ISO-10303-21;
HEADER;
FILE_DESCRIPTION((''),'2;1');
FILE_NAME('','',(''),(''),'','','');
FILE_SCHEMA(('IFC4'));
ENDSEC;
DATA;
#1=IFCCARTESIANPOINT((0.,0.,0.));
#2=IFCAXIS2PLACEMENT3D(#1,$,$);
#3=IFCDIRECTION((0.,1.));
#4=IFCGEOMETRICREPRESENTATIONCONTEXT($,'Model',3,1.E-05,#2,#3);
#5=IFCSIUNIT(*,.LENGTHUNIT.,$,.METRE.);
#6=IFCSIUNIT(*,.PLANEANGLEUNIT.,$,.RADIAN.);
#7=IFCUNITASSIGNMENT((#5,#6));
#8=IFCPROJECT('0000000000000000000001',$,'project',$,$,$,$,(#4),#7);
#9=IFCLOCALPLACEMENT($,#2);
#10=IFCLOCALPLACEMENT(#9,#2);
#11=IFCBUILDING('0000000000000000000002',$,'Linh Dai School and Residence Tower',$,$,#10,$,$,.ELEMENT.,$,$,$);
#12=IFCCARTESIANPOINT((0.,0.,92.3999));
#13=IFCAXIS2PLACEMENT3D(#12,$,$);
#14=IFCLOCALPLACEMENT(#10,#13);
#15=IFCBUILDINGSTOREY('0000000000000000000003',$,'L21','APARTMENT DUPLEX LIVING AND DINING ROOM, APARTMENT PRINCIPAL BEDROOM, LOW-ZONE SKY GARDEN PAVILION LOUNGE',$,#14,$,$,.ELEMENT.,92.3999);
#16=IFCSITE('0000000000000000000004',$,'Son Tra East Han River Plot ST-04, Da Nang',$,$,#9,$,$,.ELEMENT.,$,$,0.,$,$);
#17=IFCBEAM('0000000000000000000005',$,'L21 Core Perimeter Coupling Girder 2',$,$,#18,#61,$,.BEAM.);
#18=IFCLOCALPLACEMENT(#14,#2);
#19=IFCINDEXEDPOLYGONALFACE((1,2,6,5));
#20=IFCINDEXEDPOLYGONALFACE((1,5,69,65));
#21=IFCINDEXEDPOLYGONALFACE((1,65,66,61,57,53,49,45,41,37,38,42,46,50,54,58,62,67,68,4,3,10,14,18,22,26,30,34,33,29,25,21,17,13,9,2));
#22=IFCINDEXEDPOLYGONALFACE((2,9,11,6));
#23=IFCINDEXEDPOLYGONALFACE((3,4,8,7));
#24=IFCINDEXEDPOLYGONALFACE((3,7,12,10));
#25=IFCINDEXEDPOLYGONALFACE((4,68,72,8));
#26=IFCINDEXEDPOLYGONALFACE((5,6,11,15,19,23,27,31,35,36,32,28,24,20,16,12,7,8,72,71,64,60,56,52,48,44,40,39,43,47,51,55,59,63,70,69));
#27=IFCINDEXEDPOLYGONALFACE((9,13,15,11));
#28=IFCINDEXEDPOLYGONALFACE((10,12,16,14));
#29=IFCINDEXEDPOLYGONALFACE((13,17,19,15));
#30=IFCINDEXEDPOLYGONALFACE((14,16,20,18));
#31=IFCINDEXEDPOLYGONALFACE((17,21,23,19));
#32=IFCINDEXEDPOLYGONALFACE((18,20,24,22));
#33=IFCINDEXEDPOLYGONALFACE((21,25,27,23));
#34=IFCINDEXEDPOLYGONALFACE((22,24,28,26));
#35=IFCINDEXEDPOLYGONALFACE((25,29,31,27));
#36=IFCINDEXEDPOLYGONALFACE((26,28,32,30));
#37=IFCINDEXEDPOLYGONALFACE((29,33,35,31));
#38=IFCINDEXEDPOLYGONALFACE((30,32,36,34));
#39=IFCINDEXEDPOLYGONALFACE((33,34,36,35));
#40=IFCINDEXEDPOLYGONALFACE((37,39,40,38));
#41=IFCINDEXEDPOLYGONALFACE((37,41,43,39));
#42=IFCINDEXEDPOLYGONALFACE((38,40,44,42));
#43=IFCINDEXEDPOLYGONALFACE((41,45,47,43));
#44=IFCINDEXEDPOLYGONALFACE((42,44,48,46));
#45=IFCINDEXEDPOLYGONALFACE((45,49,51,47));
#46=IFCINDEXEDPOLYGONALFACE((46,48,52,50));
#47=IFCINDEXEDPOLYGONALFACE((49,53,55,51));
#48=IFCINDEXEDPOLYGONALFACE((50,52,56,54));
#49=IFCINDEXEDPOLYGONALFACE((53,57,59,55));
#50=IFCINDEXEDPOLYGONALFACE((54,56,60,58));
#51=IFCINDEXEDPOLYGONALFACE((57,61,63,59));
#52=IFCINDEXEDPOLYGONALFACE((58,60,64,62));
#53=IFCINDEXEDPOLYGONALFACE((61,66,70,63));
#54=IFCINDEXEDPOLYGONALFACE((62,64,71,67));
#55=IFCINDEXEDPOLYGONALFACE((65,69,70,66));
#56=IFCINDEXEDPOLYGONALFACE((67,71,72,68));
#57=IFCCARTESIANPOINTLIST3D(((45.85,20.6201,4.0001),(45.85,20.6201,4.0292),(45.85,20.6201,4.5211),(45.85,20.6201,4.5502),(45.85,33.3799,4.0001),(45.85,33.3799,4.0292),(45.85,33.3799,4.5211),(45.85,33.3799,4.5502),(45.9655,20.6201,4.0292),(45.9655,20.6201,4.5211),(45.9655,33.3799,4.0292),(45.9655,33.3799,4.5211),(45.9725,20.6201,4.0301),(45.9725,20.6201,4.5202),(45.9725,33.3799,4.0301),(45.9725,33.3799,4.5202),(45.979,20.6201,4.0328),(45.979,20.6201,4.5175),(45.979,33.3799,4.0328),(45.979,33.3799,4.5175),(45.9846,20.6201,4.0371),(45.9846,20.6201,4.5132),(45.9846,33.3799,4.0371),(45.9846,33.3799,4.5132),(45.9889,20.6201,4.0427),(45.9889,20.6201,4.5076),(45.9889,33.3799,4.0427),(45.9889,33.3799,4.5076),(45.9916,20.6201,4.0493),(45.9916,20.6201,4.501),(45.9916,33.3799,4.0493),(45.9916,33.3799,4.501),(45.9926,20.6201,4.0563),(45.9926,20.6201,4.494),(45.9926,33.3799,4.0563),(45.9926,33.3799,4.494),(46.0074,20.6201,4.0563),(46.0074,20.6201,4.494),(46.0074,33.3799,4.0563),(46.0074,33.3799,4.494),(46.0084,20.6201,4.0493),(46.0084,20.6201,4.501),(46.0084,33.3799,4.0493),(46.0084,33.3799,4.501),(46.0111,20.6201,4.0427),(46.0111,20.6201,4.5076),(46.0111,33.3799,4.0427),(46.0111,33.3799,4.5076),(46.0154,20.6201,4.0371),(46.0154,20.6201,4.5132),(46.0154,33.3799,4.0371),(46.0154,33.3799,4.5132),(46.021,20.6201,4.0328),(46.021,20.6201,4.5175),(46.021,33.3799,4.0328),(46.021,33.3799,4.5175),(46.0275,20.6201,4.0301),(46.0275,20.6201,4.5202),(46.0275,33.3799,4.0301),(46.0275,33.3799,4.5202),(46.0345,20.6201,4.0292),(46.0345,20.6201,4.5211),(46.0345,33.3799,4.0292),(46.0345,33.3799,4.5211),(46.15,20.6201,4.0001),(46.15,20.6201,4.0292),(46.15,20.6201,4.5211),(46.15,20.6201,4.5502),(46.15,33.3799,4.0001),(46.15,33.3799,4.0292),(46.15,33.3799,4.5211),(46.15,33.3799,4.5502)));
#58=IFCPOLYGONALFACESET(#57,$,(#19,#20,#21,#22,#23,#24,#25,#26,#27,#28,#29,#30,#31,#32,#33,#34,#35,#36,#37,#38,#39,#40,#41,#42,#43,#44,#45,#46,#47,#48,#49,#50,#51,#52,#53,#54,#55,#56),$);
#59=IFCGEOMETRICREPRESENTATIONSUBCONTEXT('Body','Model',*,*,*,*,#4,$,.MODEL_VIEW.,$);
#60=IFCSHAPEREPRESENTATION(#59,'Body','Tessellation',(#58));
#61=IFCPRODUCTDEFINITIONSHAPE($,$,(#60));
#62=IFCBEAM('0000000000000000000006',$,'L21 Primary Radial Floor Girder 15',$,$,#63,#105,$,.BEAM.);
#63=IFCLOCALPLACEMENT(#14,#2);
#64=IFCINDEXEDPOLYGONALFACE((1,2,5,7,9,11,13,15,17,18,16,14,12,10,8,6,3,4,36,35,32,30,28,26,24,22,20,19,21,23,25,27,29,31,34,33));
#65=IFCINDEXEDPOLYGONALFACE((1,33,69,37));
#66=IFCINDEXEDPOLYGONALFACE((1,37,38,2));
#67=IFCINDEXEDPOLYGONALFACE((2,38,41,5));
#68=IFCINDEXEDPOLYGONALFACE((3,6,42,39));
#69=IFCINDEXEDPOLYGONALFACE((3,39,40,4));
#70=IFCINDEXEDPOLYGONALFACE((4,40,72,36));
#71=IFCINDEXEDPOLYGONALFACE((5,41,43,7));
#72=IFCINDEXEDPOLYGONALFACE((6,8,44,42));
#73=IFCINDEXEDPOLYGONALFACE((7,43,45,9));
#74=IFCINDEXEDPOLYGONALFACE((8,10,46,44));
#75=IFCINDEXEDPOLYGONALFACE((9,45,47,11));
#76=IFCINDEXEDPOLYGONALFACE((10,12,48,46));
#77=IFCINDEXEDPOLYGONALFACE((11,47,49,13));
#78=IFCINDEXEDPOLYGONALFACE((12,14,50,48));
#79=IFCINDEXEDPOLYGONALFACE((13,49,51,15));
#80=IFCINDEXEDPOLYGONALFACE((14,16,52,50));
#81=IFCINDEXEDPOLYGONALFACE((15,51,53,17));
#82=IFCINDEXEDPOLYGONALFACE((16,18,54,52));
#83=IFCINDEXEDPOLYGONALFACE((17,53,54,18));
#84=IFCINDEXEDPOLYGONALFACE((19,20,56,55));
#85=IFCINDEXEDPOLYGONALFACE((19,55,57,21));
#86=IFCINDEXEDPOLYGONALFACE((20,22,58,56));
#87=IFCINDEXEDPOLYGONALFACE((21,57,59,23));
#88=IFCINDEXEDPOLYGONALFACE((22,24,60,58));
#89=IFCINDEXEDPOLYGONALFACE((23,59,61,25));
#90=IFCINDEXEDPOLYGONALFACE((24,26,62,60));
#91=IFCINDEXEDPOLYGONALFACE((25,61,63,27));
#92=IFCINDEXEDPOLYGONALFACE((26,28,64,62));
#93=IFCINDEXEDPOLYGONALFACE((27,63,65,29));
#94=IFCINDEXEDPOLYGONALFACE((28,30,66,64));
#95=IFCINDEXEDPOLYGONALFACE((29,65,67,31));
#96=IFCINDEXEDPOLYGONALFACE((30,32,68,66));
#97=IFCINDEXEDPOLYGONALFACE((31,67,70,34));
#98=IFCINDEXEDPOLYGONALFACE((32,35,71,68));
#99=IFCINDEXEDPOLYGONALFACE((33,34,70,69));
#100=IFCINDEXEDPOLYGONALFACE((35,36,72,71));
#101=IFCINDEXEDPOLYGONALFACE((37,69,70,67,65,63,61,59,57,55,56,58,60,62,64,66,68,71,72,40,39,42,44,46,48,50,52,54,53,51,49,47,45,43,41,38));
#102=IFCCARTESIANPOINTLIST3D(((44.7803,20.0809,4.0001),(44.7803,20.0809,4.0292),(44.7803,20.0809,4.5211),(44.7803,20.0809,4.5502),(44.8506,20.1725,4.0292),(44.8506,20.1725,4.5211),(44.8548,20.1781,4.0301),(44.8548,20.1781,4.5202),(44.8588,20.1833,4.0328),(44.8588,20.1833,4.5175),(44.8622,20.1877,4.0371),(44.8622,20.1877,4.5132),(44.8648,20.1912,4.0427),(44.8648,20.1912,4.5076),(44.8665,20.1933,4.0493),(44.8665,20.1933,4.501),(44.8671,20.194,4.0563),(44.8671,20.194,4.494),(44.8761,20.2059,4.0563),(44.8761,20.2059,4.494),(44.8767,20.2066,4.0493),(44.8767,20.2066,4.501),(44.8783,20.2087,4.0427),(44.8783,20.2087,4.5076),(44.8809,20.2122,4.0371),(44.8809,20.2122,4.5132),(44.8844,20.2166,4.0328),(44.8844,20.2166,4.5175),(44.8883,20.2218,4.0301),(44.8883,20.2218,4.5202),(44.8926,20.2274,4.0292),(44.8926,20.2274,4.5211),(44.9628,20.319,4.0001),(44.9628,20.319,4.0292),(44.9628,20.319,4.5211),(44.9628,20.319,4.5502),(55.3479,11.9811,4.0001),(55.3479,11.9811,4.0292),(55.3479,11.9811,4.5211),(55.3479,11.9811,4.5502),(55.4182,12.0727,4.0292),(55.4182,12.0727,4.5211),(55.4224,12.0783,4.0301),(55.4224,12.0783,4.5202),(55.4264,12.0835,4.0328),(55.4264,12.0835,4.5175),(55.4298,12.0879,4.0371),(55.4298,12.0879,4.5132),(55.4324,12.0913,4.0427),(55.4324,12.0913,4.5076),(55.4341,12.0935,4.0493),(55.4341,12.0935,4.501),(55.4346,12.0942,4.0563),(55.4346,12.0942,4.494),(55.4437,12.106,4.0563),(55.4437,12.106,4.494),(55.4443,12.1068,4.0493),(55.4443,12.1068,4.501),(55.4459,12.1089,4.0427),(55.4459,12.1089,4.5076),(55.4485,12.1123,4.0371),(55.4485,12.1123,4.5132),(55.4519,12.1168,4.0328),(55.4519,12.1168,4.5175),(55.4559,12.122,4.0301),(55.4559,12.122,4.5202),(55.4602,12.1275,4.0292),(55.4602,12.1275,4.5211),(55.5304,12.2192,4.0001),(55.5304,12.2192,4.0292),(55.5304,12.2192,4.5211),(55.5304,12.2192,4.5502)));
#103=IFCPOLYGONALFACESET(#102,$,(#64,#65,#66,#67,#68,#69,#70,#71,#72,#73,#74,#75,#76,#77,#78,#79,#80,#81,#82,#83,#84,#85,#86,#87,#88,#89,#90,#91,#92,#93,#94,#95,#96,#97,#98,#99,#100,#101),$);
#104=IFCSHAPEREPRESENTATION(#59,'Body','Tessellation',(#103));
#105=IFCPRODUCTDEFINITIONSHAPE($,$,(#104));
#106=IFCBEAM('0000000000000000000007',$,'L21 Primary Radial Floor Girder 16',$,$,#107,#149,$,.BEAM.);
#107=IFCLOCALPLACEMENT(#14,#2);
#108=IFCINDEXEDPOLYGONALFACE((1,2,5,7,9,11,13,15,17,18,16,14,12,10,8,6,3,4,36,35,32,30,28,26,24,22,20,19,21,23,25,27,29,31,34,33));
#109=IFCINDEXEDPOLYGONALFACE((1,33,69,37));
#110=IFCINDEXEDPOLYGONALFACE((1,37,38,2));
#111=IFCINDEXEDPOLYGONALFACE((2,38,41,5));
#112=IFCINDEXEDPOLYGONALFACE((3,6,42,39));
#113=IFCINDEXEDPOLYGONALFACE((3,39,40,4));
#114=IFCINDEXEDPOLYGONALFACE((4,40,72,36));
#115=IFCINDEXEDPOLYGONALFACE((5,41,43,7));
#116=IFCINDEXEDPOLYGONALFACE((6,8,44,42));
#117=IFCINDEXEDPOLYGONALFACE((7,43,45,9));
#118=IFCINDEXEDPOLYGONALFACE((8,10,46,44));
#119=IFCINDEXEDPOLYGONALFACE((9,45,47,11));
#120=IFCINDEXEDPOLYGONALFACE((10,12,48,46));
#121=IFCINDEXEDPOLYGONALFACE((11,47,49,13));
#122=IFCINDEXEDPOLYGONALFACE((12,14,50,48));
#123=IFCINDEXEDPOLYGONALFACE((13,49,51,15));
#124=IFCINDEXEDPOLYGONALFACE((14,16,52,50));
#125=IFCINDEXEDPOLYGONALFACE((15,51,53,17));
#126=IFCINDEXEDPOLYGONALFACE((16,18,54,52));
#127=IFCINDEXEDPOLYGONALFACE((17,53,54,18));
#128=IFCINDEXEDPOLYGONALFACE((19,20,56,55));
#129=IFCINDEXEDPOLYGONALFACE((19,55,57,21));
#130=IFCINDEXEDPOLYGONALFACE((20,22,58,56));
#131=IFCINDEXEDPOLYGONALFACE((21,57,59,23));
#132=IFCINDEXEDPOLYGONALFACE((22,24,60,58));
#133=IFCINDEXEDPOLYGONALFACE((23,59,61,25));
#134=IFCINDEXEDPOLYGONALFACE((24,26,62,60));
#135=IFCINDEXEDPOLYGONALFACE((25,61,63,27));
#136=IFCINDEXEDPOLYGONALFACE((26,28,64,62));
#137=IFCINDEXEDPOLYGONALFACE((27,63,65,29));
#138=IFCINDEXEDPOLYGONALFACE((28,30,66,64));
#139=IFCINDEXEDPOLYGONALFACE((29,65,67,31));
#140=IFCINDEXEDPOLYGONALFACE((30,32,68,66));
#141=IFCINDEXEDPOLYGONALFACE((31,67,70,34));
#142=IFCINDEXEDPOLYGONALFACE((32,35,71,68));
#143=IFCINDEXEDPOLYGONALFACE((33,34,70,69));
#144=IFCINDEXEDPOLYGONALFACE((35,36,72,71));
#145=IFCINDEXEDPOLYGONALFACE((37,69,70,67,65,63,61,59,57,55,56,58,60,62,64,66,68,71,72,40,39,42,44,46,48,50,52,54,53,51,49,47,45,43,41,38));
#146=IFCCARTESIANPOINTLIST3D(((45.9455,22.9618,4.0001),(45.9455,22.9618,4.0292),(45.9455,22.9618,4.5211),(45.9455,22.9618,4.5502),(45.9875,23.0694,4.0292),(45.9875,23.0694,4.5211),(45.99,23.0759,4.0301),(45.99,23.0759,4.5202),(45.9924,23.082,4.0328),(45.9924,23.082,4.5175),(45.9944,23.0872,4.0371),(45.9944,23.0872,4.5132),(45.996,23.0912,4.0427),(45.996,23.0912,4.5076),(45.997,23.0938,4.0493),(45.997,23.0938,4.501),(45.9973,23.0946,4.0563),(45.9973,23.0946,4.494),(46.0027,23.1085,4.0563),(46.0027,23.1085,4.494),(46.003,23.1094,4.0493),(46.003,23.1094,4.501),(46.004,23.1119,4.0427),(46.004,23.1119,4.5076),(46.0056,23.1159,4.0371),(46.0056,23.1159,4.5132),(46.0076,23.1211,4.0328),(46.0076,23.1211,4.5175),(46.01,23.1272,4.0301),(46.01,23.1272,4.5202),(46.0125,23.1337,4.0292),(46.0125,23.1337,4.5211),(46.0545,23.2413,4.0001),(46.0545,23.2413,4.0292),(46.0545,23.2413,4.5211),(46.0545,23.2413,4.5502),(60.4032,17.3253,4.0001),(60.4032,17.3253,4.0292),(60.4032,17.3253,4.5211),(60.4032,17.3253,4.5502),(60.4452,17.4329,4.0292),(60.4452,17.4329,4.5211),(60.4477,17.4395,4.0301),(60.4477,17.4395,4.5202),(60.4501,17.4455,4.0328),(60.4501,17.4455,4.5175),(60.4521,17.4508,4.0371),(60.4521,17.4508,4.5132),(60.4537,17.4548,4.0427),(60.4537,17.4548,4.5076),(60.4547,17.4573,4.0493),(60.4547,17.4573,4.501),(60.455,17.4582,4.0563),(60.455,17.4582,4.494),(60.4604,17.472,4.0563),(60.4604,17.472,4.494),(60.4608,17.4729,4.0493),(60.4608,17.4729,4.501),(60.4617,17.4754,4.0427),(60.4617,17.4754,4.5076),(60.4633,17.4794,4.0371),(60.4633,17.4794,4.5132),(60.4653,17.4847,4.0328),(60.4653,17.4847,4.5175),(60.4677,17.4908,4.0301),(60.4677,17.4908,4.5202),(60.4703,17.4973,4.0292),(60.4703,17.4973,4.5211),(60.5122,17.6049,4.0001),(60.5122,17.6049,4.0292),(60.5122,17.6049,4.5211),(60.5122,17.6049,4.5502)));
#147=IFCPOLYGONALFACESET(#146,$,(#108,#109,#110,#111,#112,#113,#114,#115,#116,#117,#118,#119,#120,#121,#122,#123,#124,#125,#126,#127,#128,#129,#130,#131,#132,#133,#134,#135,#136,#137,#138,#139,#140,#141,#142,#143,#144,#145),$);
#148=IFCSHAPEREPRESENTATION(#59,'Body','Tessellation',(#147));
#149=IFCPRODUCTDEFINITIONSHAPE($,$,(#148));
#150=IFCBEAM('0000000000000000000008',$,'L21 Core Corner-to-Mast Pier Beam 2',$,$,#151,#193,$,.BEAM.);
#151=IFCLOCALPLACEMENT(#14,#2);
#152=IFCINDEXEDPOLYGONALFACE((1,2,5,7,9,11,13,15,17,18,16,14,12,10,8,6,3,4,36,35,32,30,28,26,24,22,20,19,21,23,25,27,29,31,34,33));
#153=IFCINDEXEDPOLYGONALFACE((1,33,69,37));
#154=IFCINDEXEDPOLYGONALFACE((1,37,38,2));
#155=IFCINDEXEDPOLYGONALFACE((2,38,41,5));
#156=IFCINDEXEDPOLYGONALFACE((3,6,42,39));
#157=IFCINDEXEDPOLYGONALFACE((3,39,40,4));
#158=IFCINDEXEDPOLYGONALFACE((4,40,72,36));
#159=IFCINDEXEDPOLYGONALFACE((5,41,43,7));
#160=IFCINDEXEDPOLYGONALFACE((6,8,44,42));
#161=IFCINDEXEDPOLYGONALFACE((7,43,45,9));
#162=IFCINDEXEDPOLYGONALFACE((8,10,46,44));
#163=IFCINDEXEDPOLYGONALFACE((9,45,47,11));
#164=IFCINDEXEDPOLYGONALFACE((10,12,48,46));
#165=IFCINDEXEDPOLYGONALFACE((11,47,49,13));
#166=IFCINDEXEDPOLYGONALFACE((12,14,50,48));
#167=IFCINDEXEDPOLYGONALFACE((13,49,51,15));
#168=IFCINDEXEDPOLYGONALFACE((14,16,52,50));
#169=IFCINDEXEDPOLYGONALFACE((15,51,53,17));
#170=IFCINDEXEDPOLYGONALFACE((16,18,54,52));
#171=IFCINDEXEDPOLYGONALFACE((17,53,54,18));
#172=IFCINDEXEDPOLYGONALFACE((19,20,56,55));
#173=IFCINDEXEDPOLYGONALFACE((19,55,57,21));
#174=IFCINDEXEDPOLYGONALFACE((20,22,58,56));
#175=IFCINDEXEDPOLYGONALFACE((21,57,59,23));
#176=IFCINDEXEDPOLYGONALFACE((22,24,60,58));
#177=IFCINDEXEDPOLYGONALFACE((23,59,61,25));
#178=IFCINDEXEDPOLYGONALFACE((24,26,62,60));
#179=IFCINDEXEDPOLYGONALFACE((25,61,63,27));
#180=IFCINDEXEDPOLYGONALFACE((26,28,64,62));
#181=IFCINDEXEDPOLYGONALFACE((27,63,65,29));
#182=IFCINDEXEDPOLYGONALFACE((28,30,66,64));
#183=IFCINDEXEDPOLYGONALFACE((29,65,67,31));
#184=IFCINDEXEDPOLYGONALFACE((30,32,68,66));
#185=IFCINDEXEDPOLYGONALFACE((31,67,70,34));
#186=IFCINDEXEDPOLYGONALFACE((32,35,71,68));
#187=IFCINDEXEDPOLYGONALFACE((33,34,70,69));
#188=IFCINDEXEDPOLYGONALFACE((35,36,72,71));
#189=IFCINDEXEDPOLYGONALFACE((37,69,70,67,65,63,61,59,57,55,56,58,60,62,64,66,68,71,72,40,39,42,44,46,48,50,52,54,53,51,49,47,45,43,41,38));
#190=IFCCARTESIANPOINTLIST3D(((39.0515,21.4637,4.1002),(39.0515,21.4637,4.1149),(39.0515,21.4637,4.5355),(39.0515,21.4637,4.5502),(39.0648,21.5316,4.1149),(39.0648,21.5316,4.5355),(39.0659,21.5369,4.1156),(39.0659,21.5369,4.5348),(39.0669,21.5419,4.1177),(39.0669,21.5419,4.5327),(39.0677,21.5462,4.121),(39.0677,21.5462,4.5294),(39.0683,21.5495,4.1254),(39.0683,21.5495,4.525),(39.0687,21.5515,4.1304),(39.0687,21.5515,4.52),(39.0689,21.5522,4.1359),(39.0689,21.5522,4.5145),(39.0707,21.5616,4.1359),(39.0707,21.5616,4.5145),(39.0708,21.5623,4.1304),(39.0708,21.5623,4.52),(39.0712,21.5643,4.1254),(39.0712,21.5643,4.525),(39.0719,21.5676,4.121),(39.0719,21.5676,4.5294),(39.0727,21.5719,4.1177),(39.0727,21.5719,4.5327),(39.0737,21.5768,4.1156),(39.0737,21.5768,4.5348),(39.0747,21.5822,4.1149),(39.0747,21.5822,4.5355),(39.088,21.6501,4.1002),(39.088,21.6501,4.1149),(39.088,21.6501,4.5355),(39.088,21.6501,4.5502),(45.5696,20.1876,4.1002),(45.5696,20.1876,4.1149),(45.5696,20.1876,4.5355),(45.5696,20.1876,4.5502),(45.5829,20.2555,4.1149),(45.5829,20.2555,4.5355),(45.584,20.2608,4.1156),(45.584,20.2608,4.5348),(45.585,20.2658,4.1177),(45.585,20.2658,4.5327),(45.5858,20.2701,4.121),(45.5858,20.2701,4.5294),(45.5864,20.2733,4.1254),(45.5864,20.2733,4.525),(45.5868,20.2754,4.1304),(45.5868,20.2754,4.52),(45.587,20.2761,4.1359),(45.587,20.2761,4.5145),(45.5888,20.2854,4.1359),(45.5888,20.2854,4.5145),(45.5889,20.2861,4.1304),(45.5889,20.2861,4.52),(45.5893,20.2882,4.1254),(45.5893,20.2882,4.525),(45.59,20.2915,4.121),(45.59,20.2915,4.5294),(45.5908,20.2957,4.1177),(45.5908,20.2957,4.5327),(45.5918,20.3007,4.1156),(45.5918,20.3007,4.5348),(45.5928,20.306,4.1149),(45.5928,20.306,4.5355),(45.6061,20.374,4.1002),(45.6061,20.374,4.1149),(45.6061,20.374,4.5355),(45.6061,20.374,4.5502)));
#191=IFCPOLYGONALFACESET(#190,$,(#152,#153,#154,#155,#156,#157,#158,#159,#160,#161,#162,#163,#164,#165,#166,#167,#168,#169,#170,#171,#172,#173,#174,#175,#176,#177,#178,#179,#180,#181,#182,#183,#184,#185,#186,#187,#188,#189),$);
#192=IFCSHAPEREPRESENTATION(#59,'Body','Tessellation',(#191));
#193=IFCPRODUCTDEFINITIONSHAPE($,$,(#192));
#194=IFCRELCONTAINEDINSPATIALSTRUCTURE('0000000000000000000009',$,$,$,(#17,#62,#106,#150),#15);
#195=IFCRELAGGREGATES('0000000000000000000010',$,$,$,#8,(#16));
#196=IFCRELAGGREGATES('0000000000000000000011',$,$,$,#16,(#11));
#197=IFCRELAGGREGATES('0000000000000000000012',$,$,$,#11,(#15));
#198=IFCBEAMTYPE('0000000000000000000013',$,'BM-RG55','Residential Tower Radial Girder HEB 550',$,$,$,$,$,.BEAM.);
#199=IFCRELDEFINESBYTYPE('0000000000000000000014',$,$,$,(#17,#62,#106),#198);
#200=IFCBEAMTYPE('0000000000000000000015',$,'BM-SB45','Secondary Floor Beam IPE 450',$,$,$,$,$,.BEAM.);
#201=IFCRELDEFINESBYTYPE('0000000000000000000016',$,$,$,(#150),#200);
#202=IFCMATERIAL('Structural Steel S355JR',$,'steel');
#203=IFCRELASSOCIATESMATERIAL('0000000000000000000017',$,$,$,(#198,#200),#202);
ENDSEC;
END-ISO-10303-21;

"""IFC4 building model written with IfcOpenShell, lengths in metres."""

from ifc_helpers import new_model, si_unit, direction, frame, origin, origin_2d, place, context, subcontext, project, spatial, i_section, extrude, material, material_profile, profile_set, type_object, element, save


model = new_model("IFC4")

# Units and contexts
model_context = context("Model", 3, precision=1e-05, world=origin(), true_north=direction((0.0, 1.0)))
body_context = subcontext(model_context, "Body", "Model", "MODEL_VIEW")
ifc_project = project(units=[si_unit("LENGTHUNIT", "METRE"), si_unit("PLANEANGLEUNIT", "RADIAN")], contexts=[model_context])

# Site, building, storey
site_placement = place(None, origin())
site = spatial("IfcSite", under=ifc_project, at=site_placement, Name="Son Tra East Han River Plot ST-04, Da Nang", CompositionType="ELEMENT", RefElevation=0.0)
building_placement = place(site_placement, origin())
building = spatial("IfcBuilding", under=site, at=building_placement, Name="Linh Dai School and Residence Tower", CompositionType="ELEMENT")
storey_placement = place(building_placement, frame((0.0, 0.0, 92.3999)))
storey = spatial("IfcBuildingStorey", under=building, at=storey_placement, Name="L21", Description="APARTMENT DUPLEX LIVING AND DINING ROOM, APARTMENT PRINCIPAL BEDROOM, LOW-ZONE SKY GARDEN PAVILION LOUNGE", CompositionType="ELEMENT", Elevation=92.3999)

# Shared definitions
ifc_material_1 = material(Name="Structural Steel S355JR", Category="steel")

# Beams
ifc_material_profile_1 = material_profile(ifc_material_1, i_section(OverallWidth=0.3, OverallDepth=0.55, WebThickness=0.0149, FlangeThickness=0.0291, FilletRadius=0.0271, at=origin_2d()), Name="HEB 550")
ifc_profile_set_1 = profile_set([ifc_material_profile_1], Name="Structural Steel S355JR")
beam_type_1 = type_object("IfcBeamType", Name="BM-RG55", Description="Residential Tower Radial Girder HEB 550", PredefinedType="BEAM", material=ifc_profile_set_1)
beam_1_placement = place(storey_placement, frame((46.0, 20.6201, 4.2751), z_axis=(0.0, 1.0, 0.0), x_axis=(-1.0, 0.0, 0.0)))
element("IfcBeam", 1, at=beam_1_placement, inside=storey, type_object=beam_type_1, Name="L21 Core Perimeter Coupling Girder 2", PredefinedType="BEAM", context=body_context, shape_type="SweptSolid", body=[
    extrude(i_section(OverallWidth=0.3, OverallDepth=0.55, WebThickness=0.0149, FlangeThickness=0.0291, FilletRadius=0.0271, at=origin_2d()), origin(), (0.0, 0.0, 1.0), 12.7598),
])
beam_2_placement = place(storey_placement, frame((44.8716, 20.2, 4.2751), z_axis=(0.793679, -0.608337, 0.0), x_axis=(0.608337, 0.793679, 0.0)))
element("IfcBeam", 2, at=beam_2_placement, inside=storey, type_object=beam_type_1, Name="L21 Primary Radial Floor Girder 15", PredefinedType="BEAM", context=body_context, shape_type="SweptSolid", body=[
    extrude(i_section(OverallWidth=0.3, OverallDepth=0.55, WebThickness=0.0149, FlangeThickness=0.0291, FilletRadius=0.0271, at=origin_2d()), origin(), (0.0, 0.0, 1.0), 13.3147),
])
beam_3_placement = place(storey_placement, frame((46.0, 23.1016, 4.2751), z_axis=(0.931699, -0.36323, 0.0), x_axis=(0.36323, 0.931699, 0.0)))
element("IfcBeam", 3, at=beam_3_placement, inside=storey, type_object=beam_type_1, Name="L21 Primary Radial Floor Girder 16", PredefinedType="BEAM", context=body_context, shape_type="SweptSolid", body=[
    extrude(i_section(OverallWidth=0.3, OverallDepth=0.55, WebThickness=0.0149, FlangeThickness=0.0291, FilletRadius=0.0271, at=origin_2d()), origin(), (0.0, 0.0, 1.0), 15.5176),
])
ifc_material_profile_2 = material_profile(ifc_material_1, i_section(OverallWidth=0.1899, OverallDepth=0.45, WebThickness=0.0095, FlangeThickness=0.0146, FilletRadius=0.021, at=origin_2d()), Name="IPE 450")
ifc_profile_set_2 = profile_set([ifc_material_profile_2], Name="Structural Steel S355JR")
beam_type_2 = type_object("IfcBeamType", Name="BM-SB45", Description="Secondary Floor Beam IPE 450", PredefinedType="BEAM", material=ifc_profile_set_2)
beam_4_placement = place(storey_placement, frame((45.5879, 20.2808, 4.3252), z_axis=(-0.981369, 0.192135, 0.0), x_axis=(-0.192135, -0.981369, 0.0)))
element("IfcBeam", 4, at=beam_4_placement, inside=storey, type_object=beam_type_2, Name="L21 Core Corner-to-Mast Pier Beam 2", PredefinedType="BEAM", context=body_context, shape_type="SweptSolid", body=[
    extrude(i_section(OverallWidth=0.1899, OverallDepth=0.45, WebThickness=0.0095, FlangeThickness=0.0146, FilletRadius=0.021, at=origin_2d()), origin(), (0.0, 0.0, 1.0), 6.6418),
])

save(model, "model.ifc")
